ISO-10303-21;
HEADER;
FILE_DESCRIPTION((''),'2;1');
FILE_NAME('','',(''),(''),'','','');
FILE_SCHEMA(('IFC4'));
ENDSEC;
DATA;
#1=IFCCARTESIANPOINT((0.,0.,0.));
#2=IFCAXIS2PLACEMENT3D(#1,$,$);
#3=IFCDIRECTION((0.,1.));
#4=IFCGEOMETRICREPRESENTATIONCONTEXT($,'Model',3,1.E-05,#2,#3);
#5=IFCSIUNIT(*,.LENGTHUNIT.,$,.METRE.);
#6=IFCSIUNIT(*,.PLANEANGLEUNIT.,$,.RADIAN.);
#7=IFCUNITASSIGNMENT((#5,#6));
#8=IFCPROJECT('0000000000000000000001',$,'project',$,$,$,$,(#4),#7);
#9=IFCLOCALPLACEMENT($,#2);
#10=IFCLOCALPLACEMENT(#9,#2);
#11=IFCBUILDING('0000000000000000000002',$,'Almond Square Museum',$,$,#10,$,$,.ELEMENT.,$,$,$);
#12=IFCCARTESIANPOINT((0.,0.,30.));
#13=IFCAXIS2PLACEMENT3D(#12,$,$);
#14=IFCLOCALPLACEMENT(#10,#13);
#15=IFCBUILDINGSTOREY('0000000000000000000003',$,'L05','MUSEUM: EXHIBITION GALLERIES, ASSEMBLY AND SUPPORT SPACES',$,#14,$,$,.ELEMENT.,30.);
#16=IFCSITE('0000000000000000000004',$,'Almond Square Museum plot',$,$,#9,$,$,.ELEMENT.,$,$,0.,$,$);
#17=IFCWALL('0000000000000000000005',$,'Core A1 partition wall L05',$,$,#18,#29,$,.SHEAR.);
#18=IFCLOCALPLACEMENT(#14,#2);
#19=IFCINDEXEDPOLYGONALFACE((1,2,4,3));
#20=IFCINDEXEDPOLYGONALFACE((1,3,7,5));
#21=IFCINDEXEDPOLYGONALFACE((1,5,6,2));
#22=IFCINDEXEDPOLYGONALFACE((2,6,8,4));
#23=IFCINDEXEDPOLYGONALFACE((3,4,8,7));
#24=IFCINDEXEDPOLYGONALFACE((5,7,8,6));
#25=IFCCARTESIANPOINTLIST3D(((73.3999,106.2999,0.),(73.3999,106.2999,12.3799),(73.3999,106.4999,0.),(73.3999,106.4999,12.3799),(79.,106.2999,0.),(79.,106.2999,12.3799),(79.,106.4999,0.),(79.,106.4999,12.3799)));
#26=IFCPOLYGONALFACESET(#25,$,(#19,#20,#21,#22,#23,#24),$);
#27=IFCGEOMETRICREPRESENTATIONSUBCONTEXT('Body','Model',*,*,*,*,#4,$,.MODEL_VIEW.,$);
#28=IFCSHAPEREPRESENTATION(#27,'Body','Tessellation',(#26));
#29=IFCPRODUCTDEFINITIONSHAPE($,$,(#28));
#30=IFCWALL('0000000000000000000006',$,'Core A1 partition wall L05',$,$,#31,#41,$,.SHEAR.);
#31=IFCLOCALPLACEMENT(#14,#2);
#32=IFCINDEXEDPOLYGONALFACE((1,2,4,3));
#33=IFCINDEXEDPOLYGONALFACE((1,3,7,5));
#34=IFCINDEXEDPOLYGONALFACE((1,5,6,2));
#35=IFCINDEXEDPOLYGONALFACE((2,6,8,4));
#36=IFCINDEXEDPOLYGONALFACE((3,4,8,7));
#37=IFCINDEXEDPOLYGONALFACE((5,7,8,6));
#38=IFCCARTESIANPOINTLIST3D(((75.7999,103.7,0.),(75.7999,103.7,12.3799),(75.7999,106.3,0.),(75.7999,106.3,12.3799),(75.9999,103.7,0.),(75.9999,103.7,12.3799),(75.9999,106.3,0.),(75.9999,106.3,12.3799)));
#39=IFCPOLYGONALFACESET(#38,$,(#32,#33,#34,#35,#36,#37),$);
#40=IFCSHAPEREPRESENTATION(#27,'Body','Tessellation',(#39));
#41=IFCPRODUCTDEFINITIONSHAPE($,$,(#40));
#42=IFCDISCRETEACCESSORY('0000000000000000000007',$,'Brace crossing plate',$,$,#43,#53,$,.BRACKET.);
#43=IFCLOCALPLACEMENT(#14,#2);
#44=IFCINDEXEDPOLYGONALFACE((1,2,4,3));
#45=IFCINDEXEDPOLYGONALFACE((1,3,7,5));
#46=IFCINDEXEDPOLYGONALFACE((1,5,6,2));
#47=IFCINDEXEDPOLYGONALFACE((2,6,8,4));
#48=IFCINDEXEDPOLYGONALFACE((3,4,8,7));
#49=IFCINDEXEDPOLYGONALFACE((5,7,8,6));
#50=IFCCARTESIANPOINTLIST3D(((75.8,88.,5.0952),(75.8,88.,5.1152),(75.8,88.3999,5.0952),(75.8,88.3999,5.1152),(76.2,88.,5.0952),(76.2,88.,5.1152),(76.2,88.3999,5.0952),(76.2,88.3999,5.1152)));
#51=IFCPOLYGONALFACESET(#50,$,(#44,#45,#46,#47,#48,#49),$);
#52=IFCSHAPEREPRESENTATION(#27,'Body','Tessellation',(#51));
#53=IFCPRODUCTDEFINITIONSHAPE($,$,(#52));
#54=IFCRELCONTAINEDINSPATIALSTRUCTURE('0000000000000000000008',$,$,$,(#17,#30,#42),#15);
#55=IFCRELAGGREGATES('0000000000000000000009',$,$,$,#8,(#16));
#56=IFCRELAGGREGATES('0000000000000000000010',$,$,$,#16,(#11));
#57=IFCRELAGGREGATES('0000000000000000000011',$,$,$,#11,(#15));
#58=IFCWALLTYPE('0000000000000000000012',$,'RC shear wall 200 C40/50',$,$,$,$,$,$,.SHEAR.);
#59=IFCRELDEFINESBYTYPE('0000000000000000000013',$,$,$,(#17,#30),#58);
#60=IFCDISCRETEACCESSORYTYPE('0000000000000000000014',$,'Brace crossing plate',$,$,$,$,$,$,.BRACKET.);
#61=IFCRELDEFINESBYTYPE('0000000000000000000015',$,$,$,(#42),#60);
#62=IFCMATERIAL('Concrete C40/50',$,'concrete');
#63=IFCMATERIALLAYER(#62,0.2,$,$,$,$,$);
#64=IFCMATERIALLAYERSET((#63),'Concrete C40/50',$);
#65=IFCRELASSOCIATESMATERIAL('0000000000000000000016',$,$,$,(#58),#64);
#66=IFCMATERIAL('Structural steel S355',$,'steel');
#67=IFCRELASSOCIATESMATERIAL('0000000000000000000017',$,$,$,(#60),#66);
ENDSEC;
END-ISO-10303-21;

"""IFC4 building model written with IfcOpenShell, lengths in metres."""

from ifc_helpers import new_model, si_unit, direction, frame, frame_2d, origin, origin_2d, place, context, subcontext, project, spatial, rectangle, extrude, material, layer, layer_set, type_object, element, save


model = new_model("IFC4")

# Units and contexts
model_context = context("Model", 3, precision=1e-05, world=origin(), true_north=direction((0.0, 1.0)))
body_context = subcontext(model_context, "Body", "Model", "MODEL_VIEW")
ifc_project = project(units=[si_unit("LENGTHUNIT", "METRE"), si_unit("PLANEANGLEUNIT", "RADIAN")], contexts=[model_context])

# Site, building, storey
site_placement = place(None, origin())
site = spatial("IfcSite", under=ifc_project, at=site_placement, Name="Almond Square Museum plot", CompositionType="ELEMENT", RefElevation=0.0)
building_placement = place(site_placement, origin())
building = spatial("IfcBuilding", under=site, at=building_placement, Name="Almond Square Museum", CompositionType="ELEMENT")
storey_placement = place(building_placement, frame((0.0, 0.0, 30.0)))
storey = spatial("IfcBuildingStorey", under=building, at=storey_placement, Name="L05", Description="MUSEUM: EXHIBITION GALLERIES, ASSEMBLY AND SUPPORT SPACES", CompositionType="ELEMENT", Elevation=30.0)

# Walls
ifc_material_1 = material(Name="Concrete C40/50", Category="concrete")
ifc_layer_1 = layer(ifc_material_1, 0.2)
ifc_layer_set_1 = layer_set([ifc_layer_1], Name="Concrete C40/50")
wall_type = type_object("IfcWallType", Name="RC shear wall 200 C40/50", PredefinedType="SHEAR", material=ifc_layer_set_1)
for number, where, z_axis, x_axis, name in (
    (1, (73.3999, 106.3999, 0.0), (0.0, 0.0, 1.0), (1.0, 0.0, 0.0), "Core A1 partition wall L05"),
):
    element("IfcWall", number, at=place(storey_placement, frame(where, z_axis=z_axis, x_axis=x_axis)), inside=storey, type_object=wall_type, Name=name, PredefinedType="SHEAR", context=body_context, shape_type="SweptSolid", body=[
        extrude(rectangle(XDim=5.6001, YDim=0.2, at=frame_2d((2.8, 0.0))), origin(), (0.0, 0.0, 1.0), 12.3799),
    ])
wall_placement = place(storey_placement, frame((75.8999, 103.7, 0.0), z_axis=(0.0, 0.0, 1.0), x_axis=(0.0, 1.0, 0.0)))
element("IfcWall", 2, at=wall_placement, inside=storey, type_object=wall_type, Name="Core A1 partition wall L05", PredefinedType="SHEAR", context=body_context, shape_type="SweptSolid", body=[
    extrude(rectangle(XDim=2.6001, YDim=0.2, at=frame_2d((1.3, 0.0))), origin(), (0.0, 0.0, 1.0), 12.3799),
])

# Discrete accessory
ifc_material_2 = material(Name="Structural steel S355", Category="steel")
discrete_accessory_type = type_object("IfcDiscreteAccessoryType", Name="Brace crossing plate", PredefinedType="BRACKET", material=ifc_material_2)
discrete_accessory_placement = place(storey_placement, frame((76.0, 88.2, 5.0952), z_axis=(0.0, 0.0, 1.0), x_axis=(1.0, 0.0, 0.0)))
element("IfcDiscreteAccessory", 3, at=discrete_accessory_placement, inside=storey, type_object=discrete_accessory_type, Name="Brace crossing plate", PredefinedType="BRACKET", context=body_context, shape_type="SweptSolid", body=[
    extrude(rectangle(XDim=0.3999, YDim=0.3999, at=origin_2d()), origin(), (0.0, 0.0, 1.0), 0.02),
])

save(model, "model.ifc")
